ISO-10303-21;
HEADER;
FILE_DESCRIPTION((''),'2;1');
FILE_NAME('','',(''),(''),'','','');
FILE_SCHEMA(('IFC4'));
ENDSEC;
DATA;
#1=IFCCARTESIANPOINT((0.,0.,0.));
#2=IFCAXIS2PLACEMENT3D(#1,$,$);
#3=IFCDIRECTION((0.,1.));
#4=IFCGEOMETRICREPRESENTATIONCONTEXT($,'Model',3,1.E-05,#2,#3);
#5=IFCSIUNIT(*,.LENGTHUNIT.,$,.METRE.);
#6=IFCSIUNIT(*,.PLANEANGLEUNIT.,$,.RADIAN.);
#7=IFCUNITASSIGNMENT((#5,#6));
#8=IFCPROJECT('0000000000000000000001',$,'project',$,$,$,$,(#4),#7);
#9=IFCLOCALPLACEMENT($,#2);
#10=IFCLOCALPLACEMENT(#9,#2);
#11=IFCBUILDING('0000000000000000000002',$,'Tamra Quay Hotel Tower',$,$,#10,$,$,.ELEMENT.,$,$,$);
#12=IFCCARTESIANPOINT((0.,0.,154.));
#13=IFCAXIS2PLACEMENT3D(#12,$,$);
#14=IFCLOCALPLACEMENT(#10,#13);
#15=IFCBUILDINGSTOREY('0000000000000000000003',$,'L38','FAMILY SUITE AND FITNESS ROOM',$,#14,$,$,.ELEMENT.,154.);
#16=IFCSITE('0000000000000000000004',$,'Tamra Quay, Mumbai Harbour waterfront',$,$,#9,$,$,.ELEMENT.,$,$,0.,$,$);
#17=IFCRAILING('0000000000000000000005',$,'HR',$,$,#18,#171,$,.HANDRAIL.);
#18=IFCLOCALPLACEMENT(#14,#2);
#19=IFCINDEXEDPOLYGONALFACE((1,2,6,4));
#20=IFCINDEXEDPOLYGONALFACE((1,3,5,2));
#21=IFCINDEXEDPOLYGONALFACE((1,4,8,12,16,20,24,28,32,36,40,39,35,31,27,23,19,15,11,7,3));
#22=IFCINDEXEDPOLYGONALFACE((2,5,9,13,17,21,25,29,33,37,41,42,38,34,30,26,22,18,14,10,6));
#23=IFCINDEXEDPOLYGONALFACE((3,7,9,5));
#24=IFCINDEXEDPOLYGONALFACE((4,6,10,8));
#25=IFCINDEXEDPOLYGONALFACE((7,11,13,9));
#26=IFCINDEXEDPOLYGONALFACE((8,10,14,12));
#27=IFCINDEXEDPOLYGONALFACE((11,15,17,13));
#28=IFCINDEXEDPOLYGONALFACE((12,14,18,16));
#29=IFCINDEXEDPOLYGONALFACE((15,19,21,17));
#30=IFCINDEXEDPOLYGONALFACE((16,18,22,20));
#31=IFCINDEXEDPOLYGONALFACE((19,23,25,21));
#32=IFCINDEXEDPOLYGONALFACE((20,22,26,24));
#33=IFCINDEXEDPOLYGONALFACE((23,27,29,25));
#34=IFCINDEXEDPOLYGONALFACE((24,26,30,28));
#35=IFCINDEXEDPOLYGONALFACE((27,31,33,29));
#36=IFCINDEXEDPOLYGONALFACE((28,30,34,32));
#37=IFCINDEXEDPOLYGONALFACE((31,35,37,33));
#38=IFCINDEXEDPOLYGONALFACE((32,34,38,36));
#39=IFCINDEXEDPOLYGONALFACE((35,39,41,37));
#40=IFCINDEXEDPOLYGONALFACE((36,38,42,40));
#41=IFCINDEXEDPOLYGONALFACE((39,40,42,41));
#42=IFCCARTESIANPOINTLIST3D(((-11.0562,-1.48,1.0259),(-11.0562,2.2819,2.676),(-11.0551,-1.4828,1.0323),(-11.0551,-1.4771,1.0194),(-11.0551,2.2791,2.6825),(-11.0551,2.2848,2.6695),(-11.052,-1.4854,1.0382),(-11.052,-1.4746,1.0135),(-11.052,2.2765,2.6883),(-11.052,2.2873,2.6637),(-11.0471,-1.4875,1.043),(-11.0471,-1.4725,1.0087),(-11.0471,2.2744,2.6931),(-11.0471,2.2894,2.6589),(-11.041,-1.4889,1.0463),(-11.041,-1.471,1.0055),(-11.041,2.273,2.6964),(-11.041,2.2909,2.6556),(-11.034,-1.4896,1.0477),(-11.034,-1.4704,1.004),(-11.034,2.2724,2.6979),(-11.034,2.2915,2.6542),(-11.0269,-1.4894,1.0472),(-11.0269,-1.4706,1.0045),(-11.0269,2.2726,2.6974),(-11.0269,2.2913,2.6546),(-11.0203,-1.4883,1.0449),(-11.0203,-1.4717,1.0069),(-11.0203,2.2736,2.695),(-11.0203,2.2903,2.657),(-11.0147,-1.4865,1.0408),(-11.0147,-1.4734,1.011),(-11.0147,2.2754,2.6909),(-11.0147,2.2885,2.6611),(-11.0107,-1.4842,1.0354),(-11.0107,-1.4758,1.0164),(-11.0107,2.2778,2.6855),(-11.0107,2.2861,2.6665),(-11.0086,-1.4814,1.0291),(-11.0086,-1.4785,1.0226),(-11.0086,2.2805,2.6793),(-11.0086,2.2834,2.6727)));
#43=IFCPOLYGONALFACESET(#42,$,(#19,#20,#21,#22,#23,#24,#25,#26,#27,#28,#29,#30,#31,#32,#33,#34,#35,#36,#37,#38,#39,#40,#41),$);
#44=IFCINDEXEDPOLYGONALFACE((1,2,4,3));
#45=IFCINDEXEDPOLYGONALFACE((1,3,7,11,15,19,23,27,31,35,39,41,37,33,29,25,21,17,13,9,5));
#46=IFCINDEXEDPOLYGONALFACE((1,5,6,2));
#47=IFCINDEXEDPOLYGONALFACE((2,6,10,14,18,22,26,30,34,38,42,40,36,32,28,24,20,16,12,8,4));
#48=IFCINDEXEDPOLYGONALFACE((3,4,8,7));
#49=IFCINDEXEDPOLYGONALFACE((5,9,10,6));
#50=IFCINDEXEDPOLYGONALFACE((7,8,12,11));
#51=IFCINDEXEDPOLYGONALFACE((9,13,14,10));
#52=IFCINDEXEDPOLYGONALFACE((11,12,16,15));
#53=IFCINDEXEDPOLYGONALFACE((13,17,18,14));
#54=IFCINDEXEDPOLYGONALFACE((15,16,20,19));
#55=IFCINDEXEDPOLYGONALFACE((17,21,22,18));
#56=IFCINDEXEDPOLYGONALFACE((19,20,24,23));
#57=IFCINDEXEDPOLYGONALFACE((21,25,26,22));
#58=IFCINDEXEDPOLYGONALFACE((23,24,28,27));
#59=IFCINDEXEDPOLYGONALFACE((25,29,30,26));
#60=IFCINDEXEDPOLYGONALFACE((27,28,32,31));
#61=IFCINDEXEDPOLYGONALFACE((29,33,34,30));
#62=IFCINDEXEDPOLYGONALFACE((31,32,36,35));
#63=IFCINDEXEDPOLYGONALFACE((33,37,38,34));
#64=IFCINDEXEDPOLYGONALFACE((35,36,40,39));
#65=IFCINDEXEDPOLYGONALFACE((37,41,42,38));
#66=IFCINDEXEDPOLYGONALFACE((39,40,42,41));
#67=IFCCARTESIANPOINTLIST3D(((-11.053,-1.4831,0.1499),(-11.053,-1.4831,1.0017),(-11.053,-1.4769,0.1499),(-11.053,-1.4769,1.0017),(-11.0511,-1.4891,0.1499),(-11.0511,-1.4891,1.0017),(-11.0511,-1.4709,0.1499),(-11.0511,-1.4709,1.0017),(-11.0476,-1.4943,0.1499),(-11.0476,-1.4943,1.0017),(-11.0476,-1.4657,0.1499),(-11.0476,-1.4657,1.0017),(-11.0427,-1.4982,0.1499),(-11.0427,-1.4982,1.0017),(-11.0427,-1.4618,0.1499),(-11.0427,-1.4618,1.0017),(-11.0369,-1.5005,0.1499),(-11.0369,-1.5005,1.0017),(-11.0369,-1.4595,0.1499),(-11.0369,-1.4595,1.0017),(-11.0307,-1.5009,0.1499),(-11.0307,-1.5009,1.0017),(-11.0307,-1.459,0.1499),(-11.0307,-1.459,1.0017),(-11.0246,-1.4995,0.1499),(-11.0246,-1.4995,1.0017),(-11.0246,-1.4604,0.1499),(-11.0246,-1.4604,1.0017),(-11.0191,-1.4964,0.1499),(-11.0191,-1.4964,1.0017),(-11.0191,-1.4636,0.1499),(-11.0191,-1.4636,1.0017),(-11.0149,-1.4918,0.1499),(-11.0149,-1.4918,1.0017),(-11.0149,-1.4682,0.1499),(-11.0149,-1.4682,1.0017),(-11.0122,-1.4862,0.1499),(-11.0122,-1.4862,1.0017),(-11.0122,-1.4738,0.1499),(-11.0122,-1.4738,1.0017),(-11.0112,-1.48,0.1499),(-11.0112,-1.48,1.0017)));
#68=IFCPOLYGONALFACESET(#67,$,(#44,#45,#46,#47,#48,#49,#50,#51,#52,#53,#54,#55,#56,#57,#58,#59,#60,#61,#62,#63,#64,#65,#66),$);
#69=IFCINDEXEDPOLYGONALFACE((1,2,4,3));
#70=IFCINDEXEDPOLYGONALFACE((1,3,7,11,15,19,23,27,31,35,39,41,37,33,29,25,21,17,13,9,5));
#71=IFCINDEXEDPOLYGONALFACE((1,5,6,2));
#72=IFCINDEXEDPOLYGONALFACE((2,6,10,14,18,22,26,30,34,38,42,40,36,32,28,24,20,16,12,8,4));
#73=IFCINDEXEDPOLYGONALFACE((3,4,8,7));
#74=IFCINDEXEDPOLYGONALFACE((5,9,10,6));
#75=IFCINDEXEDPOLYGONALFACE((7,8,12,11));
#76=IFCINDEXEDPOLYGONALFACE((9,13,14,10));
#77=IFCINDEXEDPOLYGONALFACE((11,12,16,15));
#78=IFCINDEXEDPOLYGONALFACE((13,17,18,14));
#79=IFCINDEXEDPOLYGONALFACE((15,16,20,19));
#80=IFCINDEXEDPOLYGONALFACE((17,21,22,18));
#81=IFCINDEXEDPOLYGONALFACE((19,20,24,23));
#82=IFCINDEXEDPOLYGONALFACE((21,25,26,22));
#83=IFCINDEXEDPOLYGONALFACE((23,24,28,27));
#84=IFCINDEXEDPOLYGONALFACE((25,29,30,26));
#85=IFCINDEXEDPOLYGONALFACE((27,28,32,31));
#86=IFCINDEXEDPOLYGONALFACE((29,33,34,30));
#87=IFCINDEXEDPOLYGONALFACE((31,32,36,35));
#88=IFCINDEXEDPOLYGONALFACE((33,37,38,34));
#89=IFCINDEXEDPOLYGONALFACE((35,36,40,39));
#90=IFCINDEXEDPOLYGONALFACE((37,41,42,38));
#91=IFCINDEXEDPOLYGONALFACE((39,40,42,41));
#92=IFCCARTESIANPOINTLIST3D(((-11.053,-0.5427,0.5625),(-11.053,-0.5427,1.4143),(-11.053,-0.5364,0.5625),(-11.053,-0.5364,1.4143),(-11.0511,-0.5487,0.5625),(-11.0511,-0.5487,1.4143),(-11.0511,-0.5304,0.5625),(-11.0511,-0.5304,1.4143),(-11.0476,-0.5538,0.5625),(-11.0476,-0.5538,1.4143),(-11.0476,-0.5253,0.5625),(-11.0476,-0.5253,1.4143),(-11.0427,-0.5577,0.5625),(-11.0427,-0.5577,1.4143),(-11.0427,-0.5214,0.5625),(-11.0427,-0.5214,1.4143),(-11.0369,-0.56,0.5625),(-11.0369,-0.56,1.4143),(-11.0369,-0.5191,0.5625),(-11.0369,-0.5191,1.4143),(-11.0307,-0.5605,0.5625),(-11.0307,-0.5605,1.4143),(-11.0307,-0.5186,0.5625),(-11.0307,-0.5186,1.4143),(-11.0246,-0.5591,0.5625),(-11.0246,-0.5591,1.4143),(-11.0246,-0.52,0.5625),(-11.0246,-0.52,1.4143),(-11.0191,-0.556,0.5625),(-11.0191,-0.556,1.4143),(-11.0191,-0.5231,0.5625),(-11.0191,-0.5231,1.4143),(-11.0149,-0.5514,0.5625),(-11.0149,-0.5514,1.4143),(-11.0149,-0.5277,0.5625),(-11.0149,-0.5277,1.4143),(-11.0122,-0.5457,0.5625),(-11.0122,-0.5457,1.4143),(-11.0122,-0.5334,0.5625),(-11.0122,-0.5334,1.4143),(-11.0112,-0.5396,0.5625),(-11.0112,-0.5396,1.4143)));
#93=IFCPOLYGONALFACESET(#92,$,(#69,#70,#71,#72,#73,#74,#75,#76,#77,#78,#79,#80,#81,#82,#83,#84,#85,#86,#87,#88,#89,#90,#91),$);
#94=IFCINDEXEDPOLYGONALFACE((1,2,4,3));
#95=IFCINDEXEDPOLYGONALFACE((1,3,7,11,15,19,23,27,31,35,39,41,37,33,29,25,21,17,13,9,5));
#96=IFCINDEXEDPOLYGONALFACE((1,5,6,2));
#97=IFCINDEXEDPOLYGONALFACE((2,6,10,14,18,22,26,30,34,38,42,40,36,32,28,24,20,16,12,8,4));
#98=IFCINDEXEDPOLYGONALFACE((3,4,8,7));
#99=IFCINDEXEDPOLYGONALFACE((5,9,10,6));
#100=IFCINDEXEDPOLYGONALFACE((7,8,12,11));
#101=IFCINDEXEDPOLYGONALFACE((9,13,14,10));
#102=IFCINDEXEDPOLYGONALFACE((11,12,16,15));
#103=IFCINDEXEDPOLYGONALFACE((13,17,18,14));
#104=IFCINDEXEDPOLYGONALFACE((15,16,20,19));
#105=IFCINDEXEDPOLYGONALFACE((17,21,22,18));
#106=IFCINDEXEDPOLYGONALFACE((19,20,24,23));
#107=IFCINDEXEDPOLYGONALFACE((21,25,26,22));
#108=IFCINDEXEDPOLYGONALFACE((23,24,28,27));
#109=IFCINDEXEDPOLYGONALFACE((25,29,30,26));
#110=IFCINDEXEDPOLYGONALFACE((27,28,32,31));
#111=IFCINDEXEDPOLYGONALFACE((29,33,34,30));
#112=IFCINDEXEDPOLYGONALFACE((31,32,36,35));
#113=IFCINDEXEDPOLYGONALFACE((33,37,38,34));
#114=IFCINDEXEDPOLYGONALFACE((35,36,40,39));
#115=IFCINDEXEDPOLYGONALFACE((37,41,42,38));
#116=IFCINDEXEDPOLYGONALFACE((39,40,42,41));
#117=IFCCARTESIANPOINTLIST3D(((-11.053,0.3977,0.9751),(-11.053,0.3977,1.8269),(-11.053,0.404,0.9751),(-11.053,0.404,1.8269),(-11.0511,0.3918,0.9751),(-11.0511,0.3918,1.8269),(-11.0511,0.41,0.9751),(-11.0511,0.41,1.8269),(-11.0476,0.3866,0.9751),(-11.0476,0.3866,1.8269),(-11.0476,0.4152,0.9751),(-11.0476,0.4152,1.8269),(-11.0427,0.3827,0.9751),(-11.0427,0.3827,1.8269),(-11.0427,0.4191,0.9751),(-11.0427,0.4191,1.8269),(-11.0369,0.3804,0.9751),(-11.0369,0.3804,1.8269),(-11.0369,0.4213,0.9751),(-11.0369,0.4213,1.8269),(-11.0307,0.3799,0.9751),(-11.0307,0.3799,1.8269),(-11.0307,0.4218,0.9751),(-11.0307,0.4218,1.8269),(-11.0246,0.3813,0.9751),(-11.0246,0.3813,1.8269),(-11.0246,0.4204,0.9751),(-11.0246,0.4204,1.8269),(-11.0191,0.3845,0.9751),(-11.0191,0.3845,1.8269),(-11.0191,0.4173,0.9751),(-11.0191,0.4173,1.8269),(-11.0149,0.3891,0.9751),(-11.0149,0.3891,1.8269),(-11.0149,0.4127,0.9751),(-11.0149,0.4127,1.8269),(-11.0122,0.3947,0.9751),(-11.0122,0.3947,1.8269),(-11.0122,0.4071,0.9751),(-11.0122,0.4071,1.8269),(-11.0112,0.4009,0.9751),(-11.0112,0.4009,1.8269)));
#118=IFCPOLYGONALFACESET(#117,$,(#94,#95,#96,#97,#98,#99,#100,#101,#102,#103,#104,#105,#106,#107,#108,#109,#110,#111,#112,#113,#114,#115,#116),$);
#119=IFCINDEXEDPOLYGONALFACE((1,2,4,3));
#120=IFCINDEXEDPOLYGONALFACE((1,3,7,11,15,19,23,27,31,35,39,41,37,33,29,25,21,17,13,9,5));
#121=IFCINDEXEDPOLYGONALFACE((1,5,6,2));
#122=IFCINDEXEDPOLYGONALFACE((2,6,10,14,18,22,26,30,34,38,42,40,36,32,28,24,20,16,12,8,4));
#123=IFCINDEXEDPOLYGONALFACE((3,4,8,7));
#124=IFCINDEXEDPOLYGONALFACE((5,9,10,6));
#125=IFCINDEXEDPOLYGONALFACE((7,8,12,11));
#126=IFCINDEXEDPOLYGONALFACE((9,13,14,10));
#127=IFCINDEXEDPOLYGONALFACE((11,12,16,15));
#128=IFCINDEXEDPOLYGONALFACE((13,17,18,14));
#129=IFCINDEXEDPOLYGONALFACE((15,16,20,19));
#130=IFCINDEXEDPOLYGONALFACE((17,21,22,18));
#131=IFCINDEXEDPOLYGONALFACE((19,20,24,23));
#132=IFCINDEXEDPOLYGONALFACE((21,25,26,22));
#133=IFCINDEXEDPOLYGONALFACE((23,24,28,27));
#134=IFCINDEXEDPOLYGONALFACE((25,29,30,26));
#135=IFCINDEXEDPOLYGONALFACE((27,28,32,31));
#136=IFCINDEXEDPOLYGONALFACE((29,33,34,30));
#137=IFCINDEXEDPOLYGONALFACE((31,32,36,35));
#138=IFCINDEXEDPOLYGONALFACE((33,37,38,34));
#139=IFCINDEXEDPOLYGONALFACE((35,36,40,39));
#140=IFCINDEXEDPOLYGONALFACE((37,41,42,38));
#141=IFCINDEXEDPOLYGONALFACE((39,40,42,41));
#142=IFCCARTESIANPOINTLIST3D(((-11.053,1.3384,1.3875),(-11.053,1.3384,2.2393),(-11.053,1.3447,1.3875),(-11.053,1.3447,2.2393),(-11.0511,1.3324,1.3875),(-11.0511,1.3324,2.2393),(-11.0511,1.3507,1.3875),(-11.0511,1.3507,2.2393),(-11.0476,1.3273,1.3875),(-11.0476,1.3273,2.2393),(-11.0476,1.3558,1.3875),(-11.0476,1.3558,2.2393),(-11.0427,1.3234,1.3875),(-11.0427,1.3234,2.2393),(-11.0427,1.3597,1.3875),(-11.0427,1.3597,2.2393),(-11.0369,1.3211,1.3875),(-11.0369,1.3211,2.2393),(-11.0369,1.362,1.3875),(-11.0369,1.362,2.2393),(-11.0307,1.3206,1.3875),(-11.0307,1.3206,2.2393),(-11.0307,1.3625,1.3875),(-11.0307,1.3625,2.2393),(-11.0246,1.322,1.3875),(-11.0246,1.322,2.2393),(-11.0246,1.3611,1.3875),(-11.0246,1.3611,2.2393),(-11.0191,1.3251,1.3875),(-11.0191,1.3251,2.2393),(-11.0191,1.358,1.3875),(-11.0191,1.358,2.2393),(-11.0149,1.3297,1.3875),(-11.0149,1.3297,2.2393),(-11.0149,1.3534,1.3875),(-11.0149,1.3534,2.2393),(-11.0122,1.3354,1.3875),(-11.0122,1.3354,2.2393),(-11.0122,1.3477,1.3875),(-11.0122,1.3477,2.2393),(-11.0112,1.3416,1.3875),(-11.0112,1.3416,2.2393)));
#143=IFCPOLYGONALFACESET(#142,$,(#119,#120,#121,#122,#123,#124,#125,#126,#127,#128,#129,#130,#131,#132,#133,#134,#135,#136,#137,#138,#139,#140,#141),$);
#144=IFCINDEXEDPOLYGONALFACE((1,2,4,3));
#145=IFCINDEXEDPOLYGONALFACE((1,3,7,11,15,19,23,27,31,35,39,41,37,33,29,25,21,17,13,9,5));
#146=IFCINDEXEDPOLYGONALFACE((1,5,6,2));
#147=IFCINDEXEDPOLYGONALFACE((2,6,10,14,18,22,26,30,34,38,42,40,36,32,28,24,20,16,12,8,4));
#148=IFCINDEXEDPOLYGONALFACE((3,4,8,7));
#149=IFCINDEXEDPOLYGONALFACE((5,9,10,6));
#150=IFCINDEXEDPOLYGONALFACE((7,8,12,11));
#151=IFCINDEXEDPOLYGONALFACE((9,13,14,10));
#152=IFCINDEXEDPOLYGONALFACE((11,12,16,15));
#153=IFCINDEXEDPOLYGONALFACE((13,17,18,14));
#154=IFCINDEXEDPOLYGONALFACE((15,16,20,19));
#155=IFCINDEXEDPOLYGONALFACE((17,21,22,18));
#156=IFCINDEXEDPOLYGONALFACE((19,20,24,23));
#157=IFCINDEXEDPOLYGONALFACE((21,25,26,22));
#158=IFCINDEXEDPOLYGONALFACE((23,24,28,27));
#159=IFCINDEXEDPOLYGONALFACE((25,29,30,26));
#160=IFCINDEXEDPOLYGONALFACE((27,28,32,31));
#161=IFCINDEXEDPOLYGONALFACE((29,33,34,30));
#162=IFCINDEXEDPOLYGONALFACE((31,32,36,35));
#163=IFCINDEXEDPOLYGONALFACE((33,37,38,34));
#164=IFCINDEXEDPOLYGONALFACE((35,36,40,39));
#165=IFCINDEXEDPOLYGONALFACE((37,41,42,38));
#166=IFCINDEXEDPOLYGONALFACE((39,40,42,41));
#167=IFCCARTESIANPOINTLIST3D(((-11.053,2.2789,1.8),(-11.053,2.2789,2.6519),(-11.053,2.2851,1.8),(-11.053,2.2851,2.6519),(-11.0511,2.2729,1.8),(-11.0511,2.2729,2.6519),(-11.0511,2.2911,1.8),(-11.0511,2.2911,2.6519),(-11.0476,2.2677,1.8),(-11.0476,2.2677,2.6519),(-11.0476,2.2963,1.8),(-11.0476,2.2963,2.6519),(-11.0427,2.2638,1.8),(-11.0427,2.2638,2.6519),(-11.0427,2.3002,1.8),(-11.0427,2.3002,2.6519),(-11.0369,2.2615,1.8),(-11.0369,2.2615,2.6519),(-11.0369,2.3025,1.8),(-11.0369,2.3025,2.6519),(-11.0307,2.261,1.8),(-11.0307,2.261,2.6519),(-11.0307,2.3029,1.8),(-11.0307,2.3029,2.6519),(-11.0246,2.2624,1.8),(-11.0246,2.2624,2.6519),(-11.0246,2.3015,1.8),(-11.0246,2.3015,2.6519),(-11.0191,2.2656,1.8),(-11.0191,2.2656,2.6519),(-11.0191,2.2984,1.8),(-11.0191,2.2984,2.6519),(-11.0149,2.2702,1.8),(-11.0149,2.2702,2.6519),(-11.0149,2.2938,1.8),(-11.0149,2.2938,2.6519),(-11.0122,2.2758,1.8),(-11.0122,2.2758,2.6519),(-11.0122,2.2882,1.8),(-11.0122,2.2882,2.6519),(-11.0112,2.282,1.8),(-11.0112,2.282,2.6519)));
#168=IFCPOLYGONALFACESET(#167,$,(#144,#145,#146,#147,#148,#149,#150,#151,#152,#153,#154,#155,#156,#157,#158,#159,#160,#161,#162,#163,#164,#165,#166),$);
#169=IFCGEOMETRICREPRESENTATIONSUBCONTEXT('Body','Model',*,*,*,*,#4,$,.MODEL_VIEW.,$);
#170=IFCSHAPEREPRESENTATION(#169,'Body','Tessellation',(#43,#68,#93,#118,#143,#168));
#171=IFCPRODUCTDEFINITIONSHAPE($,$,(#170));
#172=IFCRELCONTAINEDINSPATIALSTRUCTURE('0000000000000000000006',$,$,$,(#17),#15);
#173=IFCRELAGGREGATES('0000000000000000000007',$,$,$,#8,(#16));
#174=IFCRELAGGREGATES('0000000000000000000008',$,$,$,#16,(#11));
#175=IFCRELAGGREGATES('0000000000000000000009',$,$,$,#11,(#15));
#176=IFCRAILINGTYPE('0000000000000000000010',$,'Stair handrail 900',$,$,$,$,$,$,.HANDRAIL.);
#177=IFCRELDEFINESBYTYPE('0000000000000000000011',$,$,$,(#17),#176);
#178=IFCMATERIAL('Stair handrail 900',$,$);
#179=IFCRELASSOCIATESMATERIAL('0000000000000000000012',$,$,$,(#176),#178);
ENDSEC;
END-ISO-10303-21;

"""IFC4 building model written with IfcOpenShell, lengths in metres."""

from ifc_helpers import new_model, si_unit, direction, frame, origin, origin_2d, place, context, subcontext, project, spatial, circle, extrude, material, type_object, element, save


model = new_model("IFC4")

# Units and contexts
model_context = context("Model", 3, precision=1e-05, world=origin(), true_north=direction((0.0, 1.0)))
body_context = subcontext(model_context, "Body", "Model", "MODEL_VIEW")
ifc_project = project(units=[si_unit("LENGTHUNIT", "METRE"), si_unit("PLANEANGLEUNIT", "RADIAN")], contexts=[model_context])

# Site, building, storey
site_placement = place(None, origin())
site = spatial("IfcSite", under=ifc_project, at=site_placement, Name="Tamra Quay, Mumbai Harbour waterfront", CompositionType="ELEMENT", RefElevation=0.0)
building_placement = place(site_placement, origin())
building = spatial("IfcBuilding", under=site, at=building_placement, Name="Tamra Quay Hotel Tower", CompositionType="ELEMENT")
storey_placement = place(building_placement, frame((0.0, 0.0, 154.0)))
storey = spatial("IfcBuildingStorey", under=building, at=storey_placement, Name="L38", Description="FAMILY SUITE AND FITNESS ROOM", CompositionType="ELEMENT", Elevation=154.0)

# Railing
ifc_material_1 = material(Name="Stair handrail 900")
railing_type_1 = type_object("IfcRailingType", Name="Stair handrail 900", PredefinedType="HANDRAIL", material=ifc_material_1)
railing_1_placement = place(storey_placement, frame((-11.0322, -1.48, 0.1499)))
element("IfcRailing", 1, at=railing_1_placement, inside=storey, type_object=railing_type_1, Name="HR", PredefinedType="HANDRAIL", context=body_context, shape_type="SweptSolid", body=[
    extrude(circle(Radius=0.0239, at=origin_2d()), frame((0.0, 0.0, 0.876), z_axis=(0.0, 0.915774, 0.401695), x_axis=(-1.0, 0.0, 0.0)), (0.0, 0.0, 1.0), 4.1079),
    extrude(circle(Radius=0.021, at=origin_2d()), origin(), (0.0, 0.0, 1.0), 0.8518),
    extrude(circle(Radius=0.021, at=origin_2d()), frame((0.0, 0.9404, 0.4126)), (0.0, 0.0, 1.0), 0.8518),
    extrude(circle(Radius=0.021, at=origin_2d()), frame((0.0, 1.8809, 0.8252)), (0.0, 0.0, 1.0), 0.8518),
    extrude(circle(Radius=0.021, at=origin_2d()), frame((0.0, 2.8215, 1.2375)), (0.0, 0.0, 1.0), 0.8518),
    extrude(circle(Radius=0.021, at=origin_2d()), frame((0.0, 3.762, 1.6501)), (0.0, 0.0, 1.0), 0.8518),
])

save(model, "model.ifc")
